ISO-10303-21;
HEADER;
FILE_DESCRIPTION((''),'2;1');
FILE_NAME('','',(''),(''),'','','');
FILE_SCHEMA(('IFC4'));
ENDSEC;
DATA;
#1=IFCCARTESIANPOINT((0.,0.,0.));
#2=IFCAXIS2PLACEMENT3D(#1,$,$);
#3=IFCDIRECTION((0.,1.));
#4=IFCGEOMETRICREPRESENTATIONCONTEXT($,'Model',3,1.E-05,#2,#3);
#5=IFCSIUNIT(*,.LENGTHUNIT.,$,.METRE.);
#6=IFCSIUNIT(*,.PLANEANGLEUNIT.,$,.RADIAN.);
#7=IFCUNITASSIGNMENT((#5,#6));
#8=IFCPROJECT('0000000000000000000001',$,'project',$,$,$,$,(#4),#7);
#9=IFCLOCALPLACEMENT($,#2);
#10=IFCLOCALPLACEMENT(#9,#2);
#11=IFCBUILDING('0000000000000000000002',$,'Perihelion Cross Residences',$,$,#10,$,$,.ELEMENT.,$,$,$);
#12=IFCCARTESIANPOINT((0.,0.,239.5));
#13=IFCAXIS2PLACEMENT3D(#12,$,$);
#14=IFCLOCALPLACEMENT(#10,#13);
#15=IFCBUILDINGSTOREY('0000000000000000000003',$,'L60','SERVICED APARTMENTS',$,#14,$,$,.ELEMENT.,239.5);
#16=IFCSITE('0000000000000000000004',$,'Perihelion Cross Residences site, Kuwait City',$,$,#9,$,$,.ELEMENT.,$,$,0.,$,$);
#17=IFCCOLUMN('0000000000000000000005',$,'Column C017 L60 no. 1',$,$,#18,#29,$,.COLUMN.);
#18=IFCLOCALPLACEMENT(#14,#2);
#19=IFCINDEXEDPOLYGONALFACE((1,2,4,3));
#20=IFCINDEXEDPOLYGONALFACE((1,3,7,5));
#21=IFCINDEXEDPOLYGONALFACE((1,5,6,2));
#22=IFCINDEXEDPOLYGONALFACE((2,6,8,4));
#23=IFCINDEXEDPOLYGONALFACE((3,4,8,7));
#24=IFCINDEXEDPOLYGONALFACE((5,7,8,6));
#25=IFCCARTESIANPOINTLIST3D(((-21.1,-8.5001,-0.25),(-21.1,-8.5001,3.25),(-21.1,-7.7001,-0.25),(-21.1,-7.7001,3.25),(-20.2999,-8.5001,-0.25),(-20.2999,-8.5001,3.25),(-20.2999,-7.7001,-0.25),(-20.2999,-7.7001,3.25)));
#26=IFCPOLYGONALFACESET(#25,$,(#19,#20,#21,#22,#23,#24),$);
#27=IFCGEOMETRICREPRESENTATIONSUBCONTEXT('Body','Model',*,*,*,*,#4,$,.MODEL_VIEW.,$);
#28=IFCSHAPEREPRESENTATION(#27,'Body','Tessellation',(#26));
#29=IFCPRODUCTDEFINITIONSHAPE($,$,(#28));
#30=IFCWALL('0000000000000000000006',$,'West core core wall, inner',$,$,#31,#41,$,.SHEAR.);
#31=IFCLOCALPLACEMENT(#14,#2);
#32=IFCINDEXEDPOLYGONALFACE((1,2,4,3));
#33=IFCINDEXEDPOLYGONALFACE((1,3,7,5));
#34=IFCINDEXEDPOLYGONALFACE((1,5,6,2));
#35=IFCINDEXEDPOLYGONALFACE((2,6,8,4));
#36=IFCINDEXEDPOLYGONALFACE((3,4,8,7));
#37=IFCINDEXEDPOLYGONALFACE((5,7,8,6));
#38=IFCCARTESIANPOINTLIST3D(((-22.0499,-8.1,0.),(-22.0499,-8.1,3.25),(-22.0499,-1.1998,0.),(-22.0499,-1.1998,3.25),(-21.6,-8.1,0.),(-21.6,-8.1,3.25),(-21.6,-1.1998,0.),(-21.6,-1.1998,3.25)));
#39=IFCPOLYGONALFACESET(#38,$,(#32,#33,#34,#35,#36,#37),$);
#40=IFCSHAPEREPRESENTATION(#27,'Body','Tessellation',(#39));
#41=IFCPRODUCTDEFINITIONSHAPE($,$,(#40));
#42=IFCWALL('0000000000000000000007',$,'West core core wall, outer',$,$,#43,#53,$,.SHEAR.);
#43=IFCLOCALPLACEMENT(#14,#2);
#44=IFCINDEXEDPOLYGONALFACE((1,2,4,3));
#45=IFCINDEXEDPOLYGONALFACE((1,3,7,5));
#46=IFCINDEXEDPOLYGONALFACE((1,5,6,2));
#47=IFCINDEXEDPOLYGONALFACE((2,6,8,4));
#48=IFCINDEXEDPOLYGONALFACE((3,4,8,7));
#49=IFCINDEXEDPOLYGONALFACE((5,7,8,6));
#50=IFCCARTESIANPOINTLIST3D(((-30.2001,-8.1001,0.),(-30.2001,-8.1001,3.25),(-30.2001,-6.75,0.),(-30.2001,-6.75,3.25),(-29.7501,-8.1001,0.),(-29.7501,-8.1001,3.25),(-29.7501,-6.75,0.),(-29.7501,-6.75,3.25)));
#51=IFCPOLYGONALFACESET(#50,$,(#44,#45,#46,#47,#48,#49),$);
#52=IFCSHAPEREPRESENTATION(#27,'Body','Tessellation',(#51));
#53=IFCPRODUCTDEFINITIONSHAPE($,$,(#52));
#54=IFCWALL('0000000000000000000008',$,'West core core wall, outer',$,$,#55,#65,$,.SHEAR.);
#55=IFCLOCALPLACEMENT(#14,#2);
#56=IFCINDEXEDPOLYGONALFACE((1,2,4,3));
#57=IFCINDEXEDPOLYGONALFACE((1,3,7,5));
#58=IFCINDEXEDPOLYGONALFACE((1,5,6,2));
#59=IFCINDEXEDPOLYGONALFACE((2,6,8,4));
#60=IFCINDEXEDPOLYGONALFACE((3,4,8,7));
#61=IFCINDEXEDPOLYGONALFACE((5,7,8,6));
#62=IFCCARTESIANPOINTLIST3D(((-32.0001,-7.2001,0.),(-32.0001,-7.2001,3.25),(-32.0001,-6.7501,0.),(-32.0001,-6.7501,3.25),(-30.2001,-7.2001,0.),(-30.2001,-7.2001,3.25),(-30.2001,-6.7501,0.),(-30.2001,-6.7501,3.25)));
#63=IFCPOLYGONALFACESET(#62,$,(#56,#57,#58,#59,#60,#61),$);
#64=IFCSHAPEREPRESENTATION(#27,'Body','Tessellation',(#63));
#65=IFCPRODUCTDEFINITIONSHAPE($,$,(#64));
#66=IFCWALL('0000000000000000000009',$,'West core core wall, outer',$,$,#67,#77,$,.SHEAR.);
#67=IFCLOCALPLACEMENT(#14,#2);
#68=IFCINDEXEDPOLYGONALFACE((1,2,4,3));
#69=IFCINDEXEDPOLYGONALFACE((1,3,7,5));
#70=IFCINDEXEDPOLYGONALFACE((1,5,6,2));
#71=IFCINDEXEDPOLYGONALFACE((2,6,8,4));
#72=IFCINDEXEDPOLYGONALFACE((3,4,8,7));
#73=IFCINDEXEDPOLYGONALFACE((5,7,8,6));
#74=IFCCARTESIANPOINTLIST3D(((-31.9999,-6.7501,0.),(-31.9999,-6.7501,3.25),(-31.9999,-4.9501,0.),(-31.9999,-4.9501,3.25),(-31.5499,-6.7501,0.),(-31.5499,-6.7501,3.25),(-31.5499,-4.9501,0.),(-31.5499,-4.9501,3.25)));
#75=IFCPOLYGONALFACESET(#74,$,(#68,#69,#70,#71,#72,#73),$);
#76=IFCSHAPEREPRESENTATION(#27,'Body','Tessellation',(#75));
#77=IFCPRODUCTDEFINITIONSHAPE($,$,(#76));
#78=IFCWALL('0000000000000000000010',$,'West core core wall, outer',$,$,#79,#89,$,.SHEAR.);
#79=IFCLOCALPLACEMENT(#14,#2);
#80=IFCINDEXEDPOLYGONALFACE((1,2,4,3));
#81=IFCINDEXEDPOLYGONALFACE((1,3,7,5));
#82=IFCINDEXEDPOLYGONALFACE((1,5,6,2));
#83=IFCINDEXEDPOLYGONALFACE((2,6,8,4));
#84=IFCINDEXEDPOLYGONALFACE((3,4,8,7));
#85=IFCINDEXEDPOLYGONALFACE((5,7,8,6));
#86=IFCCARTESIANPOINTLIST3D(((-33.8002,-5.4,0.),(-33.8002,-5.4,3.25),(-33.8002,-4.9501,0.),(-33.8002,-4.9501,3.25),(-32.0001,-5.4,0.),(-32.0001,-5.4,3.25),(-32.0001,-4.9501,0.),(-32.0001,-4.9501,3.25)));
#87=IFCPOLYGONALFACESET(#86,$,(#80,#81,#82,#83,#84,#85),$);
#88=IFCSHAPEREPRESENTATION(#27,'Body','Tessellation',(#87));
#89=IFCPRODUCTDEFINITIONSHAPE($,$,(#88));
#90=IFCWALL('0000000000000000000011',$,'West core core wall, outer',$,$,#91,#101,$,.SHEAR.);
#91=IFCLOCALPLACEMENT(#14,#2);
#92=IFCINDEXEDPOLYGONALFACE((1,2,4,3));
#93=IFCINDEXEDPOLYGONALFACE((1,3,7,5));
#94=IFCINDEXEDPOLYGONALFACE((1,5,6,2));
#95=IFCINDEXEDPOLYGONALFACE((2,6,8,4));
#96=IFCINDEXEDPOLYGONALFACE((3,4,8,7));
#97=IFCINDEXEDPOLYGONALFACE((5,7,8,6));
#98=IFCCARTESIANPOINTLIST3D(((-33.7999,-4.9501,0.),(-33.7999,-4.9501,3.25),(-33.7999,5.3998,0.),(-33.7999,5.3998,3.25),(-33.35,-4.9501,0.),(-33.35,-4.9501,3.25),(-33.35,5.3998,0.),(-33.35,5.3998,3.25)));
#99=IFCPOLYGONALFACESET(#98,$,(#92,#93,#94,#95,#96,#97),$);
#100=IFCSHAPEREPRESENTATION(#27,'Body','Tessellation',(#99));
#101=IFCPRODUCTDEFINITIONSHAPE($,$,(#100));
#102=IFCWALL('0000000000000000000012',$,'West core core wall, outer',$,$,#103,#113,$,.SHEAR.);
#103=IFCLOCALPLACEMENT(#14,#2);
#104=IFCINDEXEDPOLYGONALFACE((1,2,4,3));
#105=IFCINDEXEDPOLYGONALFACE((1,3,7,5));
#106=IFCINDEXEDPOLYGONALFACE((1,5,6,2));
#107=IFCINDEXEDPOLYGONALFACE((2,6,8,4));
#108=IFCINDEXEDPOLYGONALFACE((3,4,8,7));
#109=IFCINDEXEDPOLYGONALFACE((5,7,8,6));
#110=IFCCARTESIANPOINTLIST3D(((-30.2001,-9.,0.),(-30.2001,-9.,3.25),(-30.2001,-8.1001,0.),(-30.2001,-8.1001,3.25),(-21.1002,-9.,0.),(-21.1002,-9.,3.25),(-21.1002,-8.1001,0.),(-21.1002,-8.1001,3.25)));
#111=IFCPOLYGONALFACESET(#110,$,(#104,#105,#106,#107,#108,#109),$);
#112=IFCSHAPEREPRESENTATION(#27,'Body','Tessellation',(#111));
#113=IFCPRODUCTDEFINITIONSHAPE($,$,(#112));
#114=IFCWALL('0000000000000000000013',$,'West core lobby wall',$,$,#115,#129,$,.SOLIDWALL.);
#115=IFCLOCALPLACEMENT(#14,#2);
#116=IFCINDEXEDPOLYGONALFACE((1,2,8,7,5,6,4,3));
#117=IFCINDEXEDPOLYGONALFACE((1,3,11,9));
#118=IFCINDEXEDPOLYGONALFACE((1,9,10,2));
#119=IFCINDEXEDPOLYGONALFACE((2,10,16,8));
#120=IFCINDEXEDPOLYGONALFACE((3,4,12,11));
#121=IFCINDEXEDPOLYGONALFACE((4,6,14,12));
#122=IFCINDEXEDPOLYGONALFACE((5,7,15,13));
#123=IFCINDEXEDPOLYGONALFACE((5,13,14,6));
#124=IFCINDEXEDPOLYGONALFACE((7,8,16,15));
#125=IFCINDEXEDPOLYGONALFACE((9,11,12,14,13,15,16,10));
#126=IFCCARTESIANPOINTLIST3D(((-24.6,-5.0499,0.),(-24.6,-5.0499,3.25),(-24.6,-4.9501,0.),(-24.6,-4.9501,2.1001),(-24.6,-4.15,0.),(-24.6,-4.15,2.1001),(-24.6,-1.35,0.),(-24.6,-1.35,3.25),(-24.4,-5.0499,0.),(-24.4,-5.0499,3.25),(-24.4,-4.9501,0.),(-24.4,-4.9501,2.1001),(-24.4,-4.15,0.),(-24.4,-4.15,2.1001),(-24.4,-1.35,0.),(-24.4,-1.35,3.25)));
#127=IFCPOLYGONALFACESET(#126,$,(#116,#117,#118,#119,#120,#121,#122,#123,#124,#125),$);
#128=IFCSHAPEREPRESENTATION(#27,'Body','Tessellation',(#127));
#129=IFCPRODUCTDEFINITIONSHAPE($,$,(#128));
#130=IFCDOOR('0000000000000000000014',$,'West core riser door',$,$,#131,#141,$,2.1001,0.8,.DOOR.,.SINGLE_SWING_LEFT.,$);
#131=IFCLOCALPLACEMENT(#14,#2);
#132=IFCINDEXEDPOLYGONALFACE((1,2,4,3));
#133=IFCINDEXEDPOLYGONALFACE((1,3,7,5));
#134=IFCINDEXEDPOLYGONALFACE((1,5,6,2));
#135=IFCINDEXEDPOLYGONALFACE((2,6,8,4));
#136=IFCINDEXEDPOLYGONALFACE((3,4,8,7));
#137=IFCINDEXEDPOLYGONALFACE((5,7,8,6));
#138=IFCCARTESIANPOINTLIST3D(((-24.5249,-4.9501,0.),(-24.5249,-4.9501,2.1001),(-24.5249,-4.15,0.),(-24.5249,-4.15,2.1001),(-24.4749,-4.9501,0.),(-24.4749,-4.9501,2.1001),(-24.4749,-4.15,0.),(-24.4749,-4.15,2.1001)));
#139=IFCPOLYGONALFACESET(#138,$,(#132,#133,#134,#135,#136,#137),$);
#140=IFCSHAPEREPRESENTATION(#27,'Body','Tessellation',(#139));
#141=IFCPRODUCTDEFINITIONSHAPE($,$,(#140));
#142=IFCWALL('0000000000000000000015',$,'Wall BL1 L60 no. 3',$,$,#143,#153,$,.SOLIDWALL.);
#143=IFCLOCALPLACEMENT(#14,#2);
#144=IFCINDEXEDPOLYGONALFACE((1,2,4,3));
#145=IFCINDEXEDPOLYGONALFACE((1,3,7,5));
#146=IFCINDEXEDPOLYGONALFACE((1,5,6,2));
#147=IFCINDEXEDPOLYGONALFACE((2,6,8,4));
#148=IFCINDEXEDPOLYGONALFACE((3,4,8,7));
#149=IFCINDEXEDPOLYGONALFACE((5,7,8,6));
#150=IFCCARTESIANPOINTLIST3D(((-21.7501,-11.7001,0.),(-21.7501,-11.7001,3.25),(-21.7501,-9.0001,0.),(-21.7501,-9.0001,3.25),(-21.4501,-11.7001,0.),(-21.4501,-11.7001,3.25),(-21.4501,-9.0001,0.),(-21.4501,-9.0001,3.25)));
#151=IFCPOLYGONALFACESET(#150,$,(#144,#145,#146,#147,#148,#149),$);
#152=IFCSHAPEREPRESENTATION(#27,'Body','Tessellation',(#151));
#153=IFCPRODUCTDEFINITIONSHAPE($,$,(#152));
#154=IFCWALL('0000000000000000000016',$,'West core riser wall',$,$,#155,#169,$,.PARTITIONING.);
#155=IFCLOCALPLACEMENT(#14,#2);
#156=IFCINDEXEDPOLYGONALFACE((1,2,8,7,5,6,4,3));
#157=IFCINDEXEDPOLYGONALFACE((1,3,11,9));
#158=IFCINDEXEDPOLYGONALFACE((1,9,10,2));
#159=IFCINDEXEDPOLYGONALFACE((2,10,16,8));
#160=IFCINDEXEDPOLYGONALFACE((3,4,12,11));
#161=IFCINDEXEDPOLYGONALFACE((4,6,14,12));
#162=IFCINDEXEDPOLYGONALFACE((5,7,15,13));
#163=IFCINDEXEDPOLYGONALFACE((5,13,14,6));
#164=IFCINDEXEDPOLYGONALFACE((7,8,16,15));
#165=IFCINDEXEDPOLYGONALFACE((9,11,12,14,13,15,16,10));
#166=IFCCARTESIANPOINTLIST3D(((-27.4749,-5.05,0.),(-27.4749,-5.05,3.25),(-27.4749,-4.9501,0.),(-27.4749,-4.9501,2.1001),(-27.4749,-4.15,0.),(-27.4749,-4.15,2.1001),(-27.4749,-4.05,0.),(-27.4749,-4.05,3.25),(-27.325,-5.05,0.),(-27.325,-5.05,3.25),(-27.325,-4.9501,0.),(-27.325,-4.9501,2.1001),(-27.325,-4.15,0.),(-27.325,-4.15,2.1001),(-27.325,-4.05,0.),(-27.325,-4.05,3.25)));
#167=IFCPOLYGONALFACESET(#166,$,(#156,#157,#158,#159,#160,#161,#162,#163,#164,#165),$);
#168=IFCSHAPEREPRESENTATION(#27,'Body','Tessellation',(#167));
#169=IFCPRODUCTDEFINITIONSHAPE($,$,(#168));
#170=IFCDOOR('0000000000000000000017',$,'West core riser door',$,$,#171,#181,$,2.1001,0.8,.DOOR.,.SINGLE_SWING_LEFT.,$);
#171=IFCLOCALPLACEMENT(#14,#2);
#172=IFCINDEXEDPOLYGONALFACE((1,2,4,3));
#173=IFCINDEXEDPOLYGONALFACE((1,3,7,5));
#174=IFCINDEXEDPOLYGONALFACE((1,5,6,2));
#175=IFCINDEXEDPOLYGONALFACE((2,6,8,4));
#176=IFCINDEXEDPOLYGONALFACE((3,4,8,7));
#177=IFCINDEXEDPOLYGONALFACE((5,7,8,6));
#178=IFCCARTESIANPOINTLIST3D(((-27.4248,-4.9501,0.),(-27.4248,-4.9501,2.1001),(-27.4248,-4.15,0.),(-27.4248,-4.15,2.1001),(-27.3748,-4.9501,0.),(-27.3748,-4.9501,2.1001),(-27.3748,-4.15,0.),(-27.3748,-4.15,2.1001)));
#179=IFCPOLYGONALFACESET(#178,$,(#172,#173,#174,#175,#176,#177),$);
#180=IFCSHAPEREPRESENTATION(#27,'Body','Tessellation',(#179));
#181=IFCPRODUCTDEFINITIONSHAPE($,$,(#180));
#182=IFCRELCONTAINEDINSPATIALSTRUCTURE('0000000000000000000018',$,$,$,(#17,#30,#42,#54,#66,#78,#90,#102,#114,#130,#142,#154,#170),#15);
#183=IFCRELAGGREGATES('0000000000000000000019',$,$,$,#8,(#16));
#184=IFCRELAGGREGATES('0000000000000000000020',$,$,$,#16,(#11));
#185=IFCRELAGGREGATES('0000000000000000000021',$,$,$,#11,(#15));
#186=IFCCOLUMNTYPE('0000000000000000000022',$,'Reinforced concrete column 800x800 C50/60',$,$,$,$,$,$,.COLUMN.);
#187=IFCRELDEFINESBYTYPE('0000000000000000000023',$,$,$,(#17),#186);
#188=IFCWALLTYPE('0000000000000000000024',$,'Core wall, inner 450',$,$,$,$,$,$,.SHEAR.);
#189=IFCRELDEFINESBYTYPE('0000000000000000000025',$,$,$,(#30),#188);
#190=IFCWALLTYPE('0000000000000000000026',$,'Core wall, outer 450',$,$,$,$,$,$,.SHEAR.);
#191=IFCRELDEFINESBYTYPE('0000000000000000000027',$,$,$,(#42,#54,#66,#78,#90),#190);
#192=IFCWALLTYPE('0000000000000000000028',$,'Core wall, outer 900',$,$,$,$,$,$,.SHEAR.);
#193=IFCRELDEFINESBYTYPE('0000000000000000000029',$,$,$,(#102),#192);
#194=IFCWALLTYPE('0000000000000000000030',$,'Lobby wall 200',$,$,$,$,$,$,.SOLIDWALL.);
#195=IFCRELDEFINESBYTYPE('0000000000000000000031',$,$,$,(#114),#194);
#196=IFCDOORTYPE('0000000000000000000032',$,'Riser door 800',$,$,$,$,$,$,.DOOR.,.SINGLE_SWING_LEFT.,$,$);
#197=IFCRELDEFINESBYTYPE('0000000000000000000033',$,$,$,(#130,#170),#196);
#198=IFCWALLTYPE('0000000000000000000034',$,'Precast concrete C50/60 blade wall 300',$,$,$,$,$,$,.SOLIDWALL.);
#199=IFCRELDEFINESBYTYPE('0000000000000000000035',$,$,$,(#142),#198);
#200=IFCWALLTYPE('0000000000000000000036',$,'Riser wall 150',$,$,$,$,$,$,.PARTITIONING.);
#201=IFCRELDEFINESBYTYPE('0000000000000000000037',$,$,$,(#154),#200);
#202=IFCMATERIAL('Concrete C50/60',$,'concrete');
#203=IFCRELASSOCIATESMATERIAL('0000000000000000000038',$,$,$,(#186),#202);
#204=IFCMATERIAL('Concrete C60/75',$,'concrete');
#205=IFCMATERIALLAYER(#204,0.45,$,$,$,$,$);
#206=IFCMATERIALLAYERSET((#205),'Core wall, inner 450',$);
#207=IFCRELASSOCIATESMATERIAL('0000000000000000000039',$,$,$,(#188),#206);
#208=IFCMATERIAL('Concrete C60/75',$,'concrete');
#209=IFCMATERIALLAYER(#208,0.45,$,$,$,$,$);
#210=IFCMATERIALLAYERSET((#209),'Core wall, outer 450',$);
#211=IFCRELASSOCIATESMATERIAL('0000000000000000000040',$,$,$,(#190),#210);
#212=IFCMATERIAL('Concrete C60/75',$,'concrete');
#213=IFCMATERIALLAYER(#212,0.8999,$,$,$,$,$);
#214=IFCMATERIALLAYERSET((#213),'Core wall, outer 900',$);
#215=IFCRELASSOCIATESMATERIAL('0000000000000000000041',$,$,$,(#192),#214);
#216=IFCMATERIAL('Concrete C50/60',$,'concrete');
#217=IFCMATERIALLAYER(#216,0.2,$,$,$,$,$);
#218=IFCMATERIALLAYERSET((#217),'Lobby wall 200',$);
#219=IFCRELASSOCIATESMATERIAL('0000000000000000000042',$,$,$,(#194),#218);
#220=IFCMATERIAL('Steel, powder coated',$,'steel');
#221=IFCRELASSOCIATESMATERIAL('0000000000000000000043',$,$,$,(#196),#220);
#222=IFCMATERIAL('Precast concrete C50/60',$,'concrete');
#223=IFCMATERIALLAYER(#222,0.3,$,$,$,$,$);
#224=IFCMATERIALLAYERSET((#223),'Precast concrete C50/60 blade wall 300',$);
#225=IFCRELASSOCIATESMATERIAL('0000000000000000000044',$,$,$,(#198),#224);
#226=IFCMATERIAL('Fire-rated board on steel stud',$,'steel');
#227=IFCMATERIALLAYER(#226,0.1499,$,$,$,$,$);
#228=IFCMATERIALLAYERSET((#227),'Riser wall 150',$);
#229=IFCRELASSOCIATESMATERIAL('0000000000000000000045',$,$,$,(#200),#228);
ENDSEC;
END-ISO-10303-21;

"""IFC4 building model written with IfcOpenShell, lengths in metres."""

from ifc_helpers import new_model, si_unit, direction, frame, frame_2d, origin, origin_2d, place, context, subcontext, project, spatial, rectangle, extrude, material, layer, layer_set, material_profile, profile_set, type_object, element, fill, save


model = new_model("IFC4")

# Units and contexts
model_context = context("Model", 3, precision=1e-05, world=origin(), true_north=direction((0.0, 1.0)))
body_context = subcontext(model_context, "Body", "Model", "MODEL_VIEW")
ifc_project = project(units=[si_unit("LENGTHUNIT", "METRE"), si_unit("PLANEANGLEUNIT", "RADIAN")], contexts=[model_context])

# Site, building, storey
site_placement = place(None, origin())
site = spatial("IfcSite", under=ifc_project, at=site_placement, Name="Perihelion Cross Residences site, Kuwait City", CompositionType="ELEMENT", RefElevation=0.0)
building_placement = place(site_placement, origin())
building = spatial("IfcBuilding", under=site, at=building_placement, Name="Perihelion Cross Residences", CompositionType="ELEMENT")
storey_placement = place(building_placement, frame((0.0, 0.0, 239.5)))
storey = spatial("IfcBuildingStorey", under=building, at=storey_placement, Name="L60", Description="SERVICED APARTMENTS", CompositionType="ELEMENT", Elevation=239.5)

# Column
ifc_material_1 = material(Name="Concrete C50/60", Category="concrete")
ifc_material_profile_1 = material_profile(ifc_material_1, rectangle(XDim=0.8, YDim=0.8, at=origin_2d()), Name="RC 800x800")
ifc_profile_set_1 = profile_set([ifc_material_profile_1], Name="Concrete C50/60")
column_type = type_object("IfcColumnType", Name="Reinforced concrete column 800x800 C50/60", PredefinedType="COLUMN", material=ifc_profile_set_1)
column_placement = place(storey_placement, frame((-20.7, -8.1001, -0.25), z_axis=(0.0, 0.0, 1.0), x_axis=(1.0, 0.0, 0.0)))
element("IfcColumn", 1, at=column_placement, inside=storey, type_object=column_type, Name="Column C017 L60 no. 1", PredefinedType="COLUMN", context=body_context, shape_type="SweptSolid", body=[
    extrude(rectangle(XDim=0.8, YDim=0.8, at=origin_2d()), origin(), (0.0, 0.0, 1.0), 3.5),
])

# Walls
ifc_material_2 = material(Name="Concrete C60/75", Category="concrete")
ifc_layer_1 = layer(ifc_material_2, 0.45)
ifc_layer_set_1 = layer_set([ifc_layer_1], Name="Core wall, inner 450")
wall_type_1 = type_object("IfcWallType", Name="Core wall, inner 450", PredefinedType="SHEAR", material=ifc_layer_set_1)
wall_1_placement = place(storey_placement, frame((-21.825, -8.1001, 0.0), z_axis=(0.0, 0.0, 1.0), x_axis=(0.0, 1.0, 0.0)))
element("IfcWall", 2, at=wall_1_placement, inside=storey, type_object=wall_type_1, Name="West core core wall, inner", PredefinedType="SHEAR", context=body_context, shape_type="SweptSolid", body=[
    extrude(rectangle(XDim=6.9001, YDim=0.45, at=frame_2d((3.4502, 0.0))), origin(), (0.0, 0.0, 1.0), 3.25),
])
ifc_material_3 = material(Name="Concrete C60/75", Category="concrete")
ifc_layer_2 = layer(ifc_material_3, 0.45)
ifc_layer_set_2 = layer_set([ifc_layer_2], Name="Core wall, outer 450")
wall_type_2 = type_object("IfcWallType", Name="Core wall, outer 450", PredefinedType="SHEAR", material=ifc_layer_set_2)
wall_2_placement = place(storey_placement, frame((-29.9751, -8.1001, 0.0), z_axis=(0.0, 0.0, 1.0), x_axis=(0.0, 1.0, 0.0)))
element("IfcWall", 3, at=wall_2_placement, inside=storey, type_object=wall_type_2, Name="West core core wall, outer", PredefinedType="SHEAR", context=body_context, shape_type="SweptSolid", body=[
    extrude(rectangle(XDim=1.3501, YDim=0.45, at=frame_2d((0.675, 0.0))), origin(), (0.0, 0.0, 1.0), 3.25),
])
for number, where, z_axis, x_axis, name in (
    (4, (-32.0, -6.9751, 0.0), (0.0, 0.0, 1.0), (1.0, 0.0, 0.0), "West core core wall, outer"),
    (5, (-31.7749, -6.75, 0.0), (0.0, 0.0, 1.0), (0.0, 1.0, 0.0), "West core core wall, outer"),
    (6, (-33.8, -5.175, 0.0), (0.0, 0.0, 1.0), (1.0, 0.0, 0.0), "West core core wall, outer"),
):
    element("IfcWall", number, at=place(storey_placement, frame(where, z_axis=z_axis, x_axis=x_axis)), inside=storey, type_object=wall_type_2, Name=name, PredefinedType="SHEAR", context=body_context, shape_type="SweptSolid", body=[
        extrude(rectangle(XDim=1.8, YDim=0.45, at=frame_2d((0.8999, 0.0))), origin(), (0.0, 0.0, 1.0), 3.25),
    ])
wall_3_placement = place(storey_placement, frame((-33.575, -4.95, 0.0), z_axis=(0.0, 0.0, 1.0), x_axis=(0.0, 1.0, 0.0)))
element("IfcWall", 7, at=wall_3_placement, inside=storey, type_object=wall_type_2, Name="West core core wall, outer", PredefinedType="SHEAR", context=body_context, shape_type="SweptSolid", body=[
    extrude(rectangle(XDim=10.3499, YDim=0.45, at=frame_2d((5.1748, 0.0))), origin(), (0.0, 0.0, 1.0), 3.25),
])
ifc_material_4 = material(Name="Concrete C60/75", Category="concrete")
ifc_layer_3 = layer(ifc_material_4, 0.8999)
ifc_layer_set_3 = layer_set([ifc_layer_3], Name="Core wall, outer 900")
wall_type_3 = type_object("IfcWallType", Name="Core wall, outer 900", PredefinedType="SHEAR", material=ifc_layer_set_3)
wall_4_placement = place(storey_placement, frame((-30.2, -8.55, 0.0), z_axis=(0.0, 0.0, 1.0), x_axis=(1.0, 0.0, 0.0)))
element("IfcWall", 8, at=wall_4_placement, inside=storey, type_object=wall_type_3, Name="West core core wall, outer", PredefinedType="SHEAR", context=body_context, shape_type="SweptSolid", body=[
    extrude(rectangle(XDim=9.0999, YDim=0.8999, at=frame_2d((4.5498, 0.0))), origin(), (0.0, 0.0, 1.0), 3.25),
])

# Wall, opening, door
ifc_material_5 = material(Name="Concrete C50/60", Category="concrete")
ifc_layer_4 = layer(ifc_material_5, 0.2)
ifc_layer_set_4 = layer_set([ifc_layer_4], Name="Lobby wall 200")
wall_type_4 = type_object("IfcWallType", Name="Lobby wall 200", PredefinedType="SOLIDWALL", material=ifc_layer_set_4)
wall_5_placement = place(storey_placement, frame((-24.5, -5.05, 0.0), z_axis=(0.0, 0.0, 1.0), x_axis=(0.0, 1.0, 0.0)))
wall_5 = element("IfcWall", 9, at=wall_5_placement, inside=storey, type_object=wall_type_4, Name="West core lobby wall", PredefinedType="SOLIDWALL", context=body_context, shape_type="SweptSolid", body=[
    extrude(rectangle(XDim=3.7, YDim=0.2, at=frame_2d((1.8501, 0.0))), origin(), (0.0, 0.0, 1.0), 3.25),
])
opening_1_placement = place(wall_5_placement, frame((0.1001, 0.0, 0.0)))
opening_1 = element("IfcOpeningElement", 10, at=opening_1_placement, cuts=wall_5, PredefinedType="OPENING", context=body_context, shape_type="SweptSolid", body=[
    extrude(rectangle(XDim=0.8, YDim=2.1001, at=frame_2d((0.3999, 1.05))), frame((0.0, 0.1099, 0.0), z_axis=(0.0, -1.0, 0.0), x_axis=(1.0, 0.0, 0.0)), (0.0, 0.0, 1.0), 0.22),
])
ifc_material_6 = material(Name="Steel, powder coated", Category="steel")
door_type_1 = type_object("IfcDoorType", Name="Riser door 800", OperationType="SINGLE_SWING_LEFT", PredefinedType="DOOR", material=ifc_material_6)
door_1_placement = place(opening_1_placement, origin())
door_1 = element("IfcDoor", 11, at=door_1_placement, inside=storey, type_object=door_type_1, Name="West core riser door", OperationType="SINGLE_SWING_LEFT", OverallHeight=2.1001, OverallWidth=0.8, PredefinedType="DOOR", context=body_context, shape_type="SweptSolid", body=[
    extrude(rectangle(XDim=0.8, YDim=2.1001, at=frame_2d((0.3999, 1.05))), frame((0.0, 0.0249, 0.0), z_axis=(0.0, -1.0, 0.0), x_axis=(1.0, 0.0, 0.0)), (0.0, 0.0, 1.0), 0.05),
])
fill(opening_1, door_1)

# Wall
ifc_material_7 = material(Name="Precast concrete C50/60", Category="concrete")
ifc_layer_5 = layer(ifc_material_7, 0.3)
ifc_layer_set_5 = layer_set([ifc_layer_5], Name="Precast concrete C50/60 blade wall 300")
wall_type_5 = type_object("IfcWallType", Name="Precast concrete C50/60 blade wall 300", PredefinedType="SOLIDWALL", material=ifc_layer_set_5)
wall_6_placement = place(storey_placement, frame((-21.6001, -9.0, 0.0), z_axis=(0.0, 0.0, 1.0), x_axis=(0.0, -1.0, 0.0)))
element("IfcWall", 12, at=wall_6_placement, inside=storey, type_object=wall_type_5, Name="Wall BL1 L60 no. 3", PredefinedType="SOLIDWALL", context=body_context, shape_type="SweptSolid", body=[
    extrude(rectangle(XDim=2.7, YDim=0.3, at=frame_2d((1.3501, 0.0))), origin(), (0.0, 0.0, 1.0), 3.25),
])

# Wall, opening, door
ifc_material_8 = material(Name="Fire-rated board on steel stud", Category="steel")
ifc_layer_6 = layer(ifc_material_8, 0.1499)
ifc_layer_set_6 = layer_set([ifc_layer_6], Name="Riser wall 150")
wall_type_6 = type_object("IfcWallType", Name="Riser wall 150", PredefinedType="PARTITIONING", material=ifc_layer_set_6)
wall_7_placement = place(storey_placement, frame((-27.3999, -5.05, 0.0), z_axis=(0.0, 0.0, 1.0), x_axis=(0.0, 1.0, 0.0)))
wall_7 = element("IfcWall", 13, at=wall_7_placement, inside=storey, type_object=wall_type_6, Name="West core riser wall", PredefinedType="PARTITIONING", context=body_context, shape_type="SweptSolid", body=[
    extrude(rectangle(XDim=1.0, YDim=0.1499, at=frame_2d((0.5, 0.0))), origin(), (0.0, 0.0, 1.0), 3.25),
])
opening_2_placement = place(wall_7_placement, frame((0.1001, 0.0, 0.0)))
opening_2 = element("IfcOpeningElement", 14, at=opening_2_placement, cuts=wall_7, PredefinedType="OPENING", context=body_context, shape_type="SweptSolid", body=[
    extrude(rectangle(XDim=0.8, YDim=2.1001, at=frame_2d((0.3999, 1.05))), frame((0.0, 0.085, 0.0), z_axis=(0.0, -1.0, 0.0), x_axis=(1.0, 0.0, 0.0)), (0.0, 0.0, 1.0), 0.1699),
])
door_2_placement = place(opening_2_placement, origin())
door_2 = element("IfcDoor", 15, at=door_2_placement, inside=storey, type_object=door_type_1, Name="West core riser door", OperationType="SINGLE_SWING_LEFT", OverallHeight=2.1001, OverallWidth=0.8, PredefinedType="DOOR", context=body_context, shape_type="SweptSolid", body=[
    extrude(rectangle(XDim=0.8, YDim=2.1001, at=frame_2d((0.3999, 1.05))), frame((0.0, 0.0249, 0.0), z_axis=(0.0, -1.0, 0.0), x_axis=(1.0, 0.0, 0.0)), (0.0, 0.0, 1.0), 0.05),
])
fill(opening_2, door_2)

save(model, "model.ifc")
